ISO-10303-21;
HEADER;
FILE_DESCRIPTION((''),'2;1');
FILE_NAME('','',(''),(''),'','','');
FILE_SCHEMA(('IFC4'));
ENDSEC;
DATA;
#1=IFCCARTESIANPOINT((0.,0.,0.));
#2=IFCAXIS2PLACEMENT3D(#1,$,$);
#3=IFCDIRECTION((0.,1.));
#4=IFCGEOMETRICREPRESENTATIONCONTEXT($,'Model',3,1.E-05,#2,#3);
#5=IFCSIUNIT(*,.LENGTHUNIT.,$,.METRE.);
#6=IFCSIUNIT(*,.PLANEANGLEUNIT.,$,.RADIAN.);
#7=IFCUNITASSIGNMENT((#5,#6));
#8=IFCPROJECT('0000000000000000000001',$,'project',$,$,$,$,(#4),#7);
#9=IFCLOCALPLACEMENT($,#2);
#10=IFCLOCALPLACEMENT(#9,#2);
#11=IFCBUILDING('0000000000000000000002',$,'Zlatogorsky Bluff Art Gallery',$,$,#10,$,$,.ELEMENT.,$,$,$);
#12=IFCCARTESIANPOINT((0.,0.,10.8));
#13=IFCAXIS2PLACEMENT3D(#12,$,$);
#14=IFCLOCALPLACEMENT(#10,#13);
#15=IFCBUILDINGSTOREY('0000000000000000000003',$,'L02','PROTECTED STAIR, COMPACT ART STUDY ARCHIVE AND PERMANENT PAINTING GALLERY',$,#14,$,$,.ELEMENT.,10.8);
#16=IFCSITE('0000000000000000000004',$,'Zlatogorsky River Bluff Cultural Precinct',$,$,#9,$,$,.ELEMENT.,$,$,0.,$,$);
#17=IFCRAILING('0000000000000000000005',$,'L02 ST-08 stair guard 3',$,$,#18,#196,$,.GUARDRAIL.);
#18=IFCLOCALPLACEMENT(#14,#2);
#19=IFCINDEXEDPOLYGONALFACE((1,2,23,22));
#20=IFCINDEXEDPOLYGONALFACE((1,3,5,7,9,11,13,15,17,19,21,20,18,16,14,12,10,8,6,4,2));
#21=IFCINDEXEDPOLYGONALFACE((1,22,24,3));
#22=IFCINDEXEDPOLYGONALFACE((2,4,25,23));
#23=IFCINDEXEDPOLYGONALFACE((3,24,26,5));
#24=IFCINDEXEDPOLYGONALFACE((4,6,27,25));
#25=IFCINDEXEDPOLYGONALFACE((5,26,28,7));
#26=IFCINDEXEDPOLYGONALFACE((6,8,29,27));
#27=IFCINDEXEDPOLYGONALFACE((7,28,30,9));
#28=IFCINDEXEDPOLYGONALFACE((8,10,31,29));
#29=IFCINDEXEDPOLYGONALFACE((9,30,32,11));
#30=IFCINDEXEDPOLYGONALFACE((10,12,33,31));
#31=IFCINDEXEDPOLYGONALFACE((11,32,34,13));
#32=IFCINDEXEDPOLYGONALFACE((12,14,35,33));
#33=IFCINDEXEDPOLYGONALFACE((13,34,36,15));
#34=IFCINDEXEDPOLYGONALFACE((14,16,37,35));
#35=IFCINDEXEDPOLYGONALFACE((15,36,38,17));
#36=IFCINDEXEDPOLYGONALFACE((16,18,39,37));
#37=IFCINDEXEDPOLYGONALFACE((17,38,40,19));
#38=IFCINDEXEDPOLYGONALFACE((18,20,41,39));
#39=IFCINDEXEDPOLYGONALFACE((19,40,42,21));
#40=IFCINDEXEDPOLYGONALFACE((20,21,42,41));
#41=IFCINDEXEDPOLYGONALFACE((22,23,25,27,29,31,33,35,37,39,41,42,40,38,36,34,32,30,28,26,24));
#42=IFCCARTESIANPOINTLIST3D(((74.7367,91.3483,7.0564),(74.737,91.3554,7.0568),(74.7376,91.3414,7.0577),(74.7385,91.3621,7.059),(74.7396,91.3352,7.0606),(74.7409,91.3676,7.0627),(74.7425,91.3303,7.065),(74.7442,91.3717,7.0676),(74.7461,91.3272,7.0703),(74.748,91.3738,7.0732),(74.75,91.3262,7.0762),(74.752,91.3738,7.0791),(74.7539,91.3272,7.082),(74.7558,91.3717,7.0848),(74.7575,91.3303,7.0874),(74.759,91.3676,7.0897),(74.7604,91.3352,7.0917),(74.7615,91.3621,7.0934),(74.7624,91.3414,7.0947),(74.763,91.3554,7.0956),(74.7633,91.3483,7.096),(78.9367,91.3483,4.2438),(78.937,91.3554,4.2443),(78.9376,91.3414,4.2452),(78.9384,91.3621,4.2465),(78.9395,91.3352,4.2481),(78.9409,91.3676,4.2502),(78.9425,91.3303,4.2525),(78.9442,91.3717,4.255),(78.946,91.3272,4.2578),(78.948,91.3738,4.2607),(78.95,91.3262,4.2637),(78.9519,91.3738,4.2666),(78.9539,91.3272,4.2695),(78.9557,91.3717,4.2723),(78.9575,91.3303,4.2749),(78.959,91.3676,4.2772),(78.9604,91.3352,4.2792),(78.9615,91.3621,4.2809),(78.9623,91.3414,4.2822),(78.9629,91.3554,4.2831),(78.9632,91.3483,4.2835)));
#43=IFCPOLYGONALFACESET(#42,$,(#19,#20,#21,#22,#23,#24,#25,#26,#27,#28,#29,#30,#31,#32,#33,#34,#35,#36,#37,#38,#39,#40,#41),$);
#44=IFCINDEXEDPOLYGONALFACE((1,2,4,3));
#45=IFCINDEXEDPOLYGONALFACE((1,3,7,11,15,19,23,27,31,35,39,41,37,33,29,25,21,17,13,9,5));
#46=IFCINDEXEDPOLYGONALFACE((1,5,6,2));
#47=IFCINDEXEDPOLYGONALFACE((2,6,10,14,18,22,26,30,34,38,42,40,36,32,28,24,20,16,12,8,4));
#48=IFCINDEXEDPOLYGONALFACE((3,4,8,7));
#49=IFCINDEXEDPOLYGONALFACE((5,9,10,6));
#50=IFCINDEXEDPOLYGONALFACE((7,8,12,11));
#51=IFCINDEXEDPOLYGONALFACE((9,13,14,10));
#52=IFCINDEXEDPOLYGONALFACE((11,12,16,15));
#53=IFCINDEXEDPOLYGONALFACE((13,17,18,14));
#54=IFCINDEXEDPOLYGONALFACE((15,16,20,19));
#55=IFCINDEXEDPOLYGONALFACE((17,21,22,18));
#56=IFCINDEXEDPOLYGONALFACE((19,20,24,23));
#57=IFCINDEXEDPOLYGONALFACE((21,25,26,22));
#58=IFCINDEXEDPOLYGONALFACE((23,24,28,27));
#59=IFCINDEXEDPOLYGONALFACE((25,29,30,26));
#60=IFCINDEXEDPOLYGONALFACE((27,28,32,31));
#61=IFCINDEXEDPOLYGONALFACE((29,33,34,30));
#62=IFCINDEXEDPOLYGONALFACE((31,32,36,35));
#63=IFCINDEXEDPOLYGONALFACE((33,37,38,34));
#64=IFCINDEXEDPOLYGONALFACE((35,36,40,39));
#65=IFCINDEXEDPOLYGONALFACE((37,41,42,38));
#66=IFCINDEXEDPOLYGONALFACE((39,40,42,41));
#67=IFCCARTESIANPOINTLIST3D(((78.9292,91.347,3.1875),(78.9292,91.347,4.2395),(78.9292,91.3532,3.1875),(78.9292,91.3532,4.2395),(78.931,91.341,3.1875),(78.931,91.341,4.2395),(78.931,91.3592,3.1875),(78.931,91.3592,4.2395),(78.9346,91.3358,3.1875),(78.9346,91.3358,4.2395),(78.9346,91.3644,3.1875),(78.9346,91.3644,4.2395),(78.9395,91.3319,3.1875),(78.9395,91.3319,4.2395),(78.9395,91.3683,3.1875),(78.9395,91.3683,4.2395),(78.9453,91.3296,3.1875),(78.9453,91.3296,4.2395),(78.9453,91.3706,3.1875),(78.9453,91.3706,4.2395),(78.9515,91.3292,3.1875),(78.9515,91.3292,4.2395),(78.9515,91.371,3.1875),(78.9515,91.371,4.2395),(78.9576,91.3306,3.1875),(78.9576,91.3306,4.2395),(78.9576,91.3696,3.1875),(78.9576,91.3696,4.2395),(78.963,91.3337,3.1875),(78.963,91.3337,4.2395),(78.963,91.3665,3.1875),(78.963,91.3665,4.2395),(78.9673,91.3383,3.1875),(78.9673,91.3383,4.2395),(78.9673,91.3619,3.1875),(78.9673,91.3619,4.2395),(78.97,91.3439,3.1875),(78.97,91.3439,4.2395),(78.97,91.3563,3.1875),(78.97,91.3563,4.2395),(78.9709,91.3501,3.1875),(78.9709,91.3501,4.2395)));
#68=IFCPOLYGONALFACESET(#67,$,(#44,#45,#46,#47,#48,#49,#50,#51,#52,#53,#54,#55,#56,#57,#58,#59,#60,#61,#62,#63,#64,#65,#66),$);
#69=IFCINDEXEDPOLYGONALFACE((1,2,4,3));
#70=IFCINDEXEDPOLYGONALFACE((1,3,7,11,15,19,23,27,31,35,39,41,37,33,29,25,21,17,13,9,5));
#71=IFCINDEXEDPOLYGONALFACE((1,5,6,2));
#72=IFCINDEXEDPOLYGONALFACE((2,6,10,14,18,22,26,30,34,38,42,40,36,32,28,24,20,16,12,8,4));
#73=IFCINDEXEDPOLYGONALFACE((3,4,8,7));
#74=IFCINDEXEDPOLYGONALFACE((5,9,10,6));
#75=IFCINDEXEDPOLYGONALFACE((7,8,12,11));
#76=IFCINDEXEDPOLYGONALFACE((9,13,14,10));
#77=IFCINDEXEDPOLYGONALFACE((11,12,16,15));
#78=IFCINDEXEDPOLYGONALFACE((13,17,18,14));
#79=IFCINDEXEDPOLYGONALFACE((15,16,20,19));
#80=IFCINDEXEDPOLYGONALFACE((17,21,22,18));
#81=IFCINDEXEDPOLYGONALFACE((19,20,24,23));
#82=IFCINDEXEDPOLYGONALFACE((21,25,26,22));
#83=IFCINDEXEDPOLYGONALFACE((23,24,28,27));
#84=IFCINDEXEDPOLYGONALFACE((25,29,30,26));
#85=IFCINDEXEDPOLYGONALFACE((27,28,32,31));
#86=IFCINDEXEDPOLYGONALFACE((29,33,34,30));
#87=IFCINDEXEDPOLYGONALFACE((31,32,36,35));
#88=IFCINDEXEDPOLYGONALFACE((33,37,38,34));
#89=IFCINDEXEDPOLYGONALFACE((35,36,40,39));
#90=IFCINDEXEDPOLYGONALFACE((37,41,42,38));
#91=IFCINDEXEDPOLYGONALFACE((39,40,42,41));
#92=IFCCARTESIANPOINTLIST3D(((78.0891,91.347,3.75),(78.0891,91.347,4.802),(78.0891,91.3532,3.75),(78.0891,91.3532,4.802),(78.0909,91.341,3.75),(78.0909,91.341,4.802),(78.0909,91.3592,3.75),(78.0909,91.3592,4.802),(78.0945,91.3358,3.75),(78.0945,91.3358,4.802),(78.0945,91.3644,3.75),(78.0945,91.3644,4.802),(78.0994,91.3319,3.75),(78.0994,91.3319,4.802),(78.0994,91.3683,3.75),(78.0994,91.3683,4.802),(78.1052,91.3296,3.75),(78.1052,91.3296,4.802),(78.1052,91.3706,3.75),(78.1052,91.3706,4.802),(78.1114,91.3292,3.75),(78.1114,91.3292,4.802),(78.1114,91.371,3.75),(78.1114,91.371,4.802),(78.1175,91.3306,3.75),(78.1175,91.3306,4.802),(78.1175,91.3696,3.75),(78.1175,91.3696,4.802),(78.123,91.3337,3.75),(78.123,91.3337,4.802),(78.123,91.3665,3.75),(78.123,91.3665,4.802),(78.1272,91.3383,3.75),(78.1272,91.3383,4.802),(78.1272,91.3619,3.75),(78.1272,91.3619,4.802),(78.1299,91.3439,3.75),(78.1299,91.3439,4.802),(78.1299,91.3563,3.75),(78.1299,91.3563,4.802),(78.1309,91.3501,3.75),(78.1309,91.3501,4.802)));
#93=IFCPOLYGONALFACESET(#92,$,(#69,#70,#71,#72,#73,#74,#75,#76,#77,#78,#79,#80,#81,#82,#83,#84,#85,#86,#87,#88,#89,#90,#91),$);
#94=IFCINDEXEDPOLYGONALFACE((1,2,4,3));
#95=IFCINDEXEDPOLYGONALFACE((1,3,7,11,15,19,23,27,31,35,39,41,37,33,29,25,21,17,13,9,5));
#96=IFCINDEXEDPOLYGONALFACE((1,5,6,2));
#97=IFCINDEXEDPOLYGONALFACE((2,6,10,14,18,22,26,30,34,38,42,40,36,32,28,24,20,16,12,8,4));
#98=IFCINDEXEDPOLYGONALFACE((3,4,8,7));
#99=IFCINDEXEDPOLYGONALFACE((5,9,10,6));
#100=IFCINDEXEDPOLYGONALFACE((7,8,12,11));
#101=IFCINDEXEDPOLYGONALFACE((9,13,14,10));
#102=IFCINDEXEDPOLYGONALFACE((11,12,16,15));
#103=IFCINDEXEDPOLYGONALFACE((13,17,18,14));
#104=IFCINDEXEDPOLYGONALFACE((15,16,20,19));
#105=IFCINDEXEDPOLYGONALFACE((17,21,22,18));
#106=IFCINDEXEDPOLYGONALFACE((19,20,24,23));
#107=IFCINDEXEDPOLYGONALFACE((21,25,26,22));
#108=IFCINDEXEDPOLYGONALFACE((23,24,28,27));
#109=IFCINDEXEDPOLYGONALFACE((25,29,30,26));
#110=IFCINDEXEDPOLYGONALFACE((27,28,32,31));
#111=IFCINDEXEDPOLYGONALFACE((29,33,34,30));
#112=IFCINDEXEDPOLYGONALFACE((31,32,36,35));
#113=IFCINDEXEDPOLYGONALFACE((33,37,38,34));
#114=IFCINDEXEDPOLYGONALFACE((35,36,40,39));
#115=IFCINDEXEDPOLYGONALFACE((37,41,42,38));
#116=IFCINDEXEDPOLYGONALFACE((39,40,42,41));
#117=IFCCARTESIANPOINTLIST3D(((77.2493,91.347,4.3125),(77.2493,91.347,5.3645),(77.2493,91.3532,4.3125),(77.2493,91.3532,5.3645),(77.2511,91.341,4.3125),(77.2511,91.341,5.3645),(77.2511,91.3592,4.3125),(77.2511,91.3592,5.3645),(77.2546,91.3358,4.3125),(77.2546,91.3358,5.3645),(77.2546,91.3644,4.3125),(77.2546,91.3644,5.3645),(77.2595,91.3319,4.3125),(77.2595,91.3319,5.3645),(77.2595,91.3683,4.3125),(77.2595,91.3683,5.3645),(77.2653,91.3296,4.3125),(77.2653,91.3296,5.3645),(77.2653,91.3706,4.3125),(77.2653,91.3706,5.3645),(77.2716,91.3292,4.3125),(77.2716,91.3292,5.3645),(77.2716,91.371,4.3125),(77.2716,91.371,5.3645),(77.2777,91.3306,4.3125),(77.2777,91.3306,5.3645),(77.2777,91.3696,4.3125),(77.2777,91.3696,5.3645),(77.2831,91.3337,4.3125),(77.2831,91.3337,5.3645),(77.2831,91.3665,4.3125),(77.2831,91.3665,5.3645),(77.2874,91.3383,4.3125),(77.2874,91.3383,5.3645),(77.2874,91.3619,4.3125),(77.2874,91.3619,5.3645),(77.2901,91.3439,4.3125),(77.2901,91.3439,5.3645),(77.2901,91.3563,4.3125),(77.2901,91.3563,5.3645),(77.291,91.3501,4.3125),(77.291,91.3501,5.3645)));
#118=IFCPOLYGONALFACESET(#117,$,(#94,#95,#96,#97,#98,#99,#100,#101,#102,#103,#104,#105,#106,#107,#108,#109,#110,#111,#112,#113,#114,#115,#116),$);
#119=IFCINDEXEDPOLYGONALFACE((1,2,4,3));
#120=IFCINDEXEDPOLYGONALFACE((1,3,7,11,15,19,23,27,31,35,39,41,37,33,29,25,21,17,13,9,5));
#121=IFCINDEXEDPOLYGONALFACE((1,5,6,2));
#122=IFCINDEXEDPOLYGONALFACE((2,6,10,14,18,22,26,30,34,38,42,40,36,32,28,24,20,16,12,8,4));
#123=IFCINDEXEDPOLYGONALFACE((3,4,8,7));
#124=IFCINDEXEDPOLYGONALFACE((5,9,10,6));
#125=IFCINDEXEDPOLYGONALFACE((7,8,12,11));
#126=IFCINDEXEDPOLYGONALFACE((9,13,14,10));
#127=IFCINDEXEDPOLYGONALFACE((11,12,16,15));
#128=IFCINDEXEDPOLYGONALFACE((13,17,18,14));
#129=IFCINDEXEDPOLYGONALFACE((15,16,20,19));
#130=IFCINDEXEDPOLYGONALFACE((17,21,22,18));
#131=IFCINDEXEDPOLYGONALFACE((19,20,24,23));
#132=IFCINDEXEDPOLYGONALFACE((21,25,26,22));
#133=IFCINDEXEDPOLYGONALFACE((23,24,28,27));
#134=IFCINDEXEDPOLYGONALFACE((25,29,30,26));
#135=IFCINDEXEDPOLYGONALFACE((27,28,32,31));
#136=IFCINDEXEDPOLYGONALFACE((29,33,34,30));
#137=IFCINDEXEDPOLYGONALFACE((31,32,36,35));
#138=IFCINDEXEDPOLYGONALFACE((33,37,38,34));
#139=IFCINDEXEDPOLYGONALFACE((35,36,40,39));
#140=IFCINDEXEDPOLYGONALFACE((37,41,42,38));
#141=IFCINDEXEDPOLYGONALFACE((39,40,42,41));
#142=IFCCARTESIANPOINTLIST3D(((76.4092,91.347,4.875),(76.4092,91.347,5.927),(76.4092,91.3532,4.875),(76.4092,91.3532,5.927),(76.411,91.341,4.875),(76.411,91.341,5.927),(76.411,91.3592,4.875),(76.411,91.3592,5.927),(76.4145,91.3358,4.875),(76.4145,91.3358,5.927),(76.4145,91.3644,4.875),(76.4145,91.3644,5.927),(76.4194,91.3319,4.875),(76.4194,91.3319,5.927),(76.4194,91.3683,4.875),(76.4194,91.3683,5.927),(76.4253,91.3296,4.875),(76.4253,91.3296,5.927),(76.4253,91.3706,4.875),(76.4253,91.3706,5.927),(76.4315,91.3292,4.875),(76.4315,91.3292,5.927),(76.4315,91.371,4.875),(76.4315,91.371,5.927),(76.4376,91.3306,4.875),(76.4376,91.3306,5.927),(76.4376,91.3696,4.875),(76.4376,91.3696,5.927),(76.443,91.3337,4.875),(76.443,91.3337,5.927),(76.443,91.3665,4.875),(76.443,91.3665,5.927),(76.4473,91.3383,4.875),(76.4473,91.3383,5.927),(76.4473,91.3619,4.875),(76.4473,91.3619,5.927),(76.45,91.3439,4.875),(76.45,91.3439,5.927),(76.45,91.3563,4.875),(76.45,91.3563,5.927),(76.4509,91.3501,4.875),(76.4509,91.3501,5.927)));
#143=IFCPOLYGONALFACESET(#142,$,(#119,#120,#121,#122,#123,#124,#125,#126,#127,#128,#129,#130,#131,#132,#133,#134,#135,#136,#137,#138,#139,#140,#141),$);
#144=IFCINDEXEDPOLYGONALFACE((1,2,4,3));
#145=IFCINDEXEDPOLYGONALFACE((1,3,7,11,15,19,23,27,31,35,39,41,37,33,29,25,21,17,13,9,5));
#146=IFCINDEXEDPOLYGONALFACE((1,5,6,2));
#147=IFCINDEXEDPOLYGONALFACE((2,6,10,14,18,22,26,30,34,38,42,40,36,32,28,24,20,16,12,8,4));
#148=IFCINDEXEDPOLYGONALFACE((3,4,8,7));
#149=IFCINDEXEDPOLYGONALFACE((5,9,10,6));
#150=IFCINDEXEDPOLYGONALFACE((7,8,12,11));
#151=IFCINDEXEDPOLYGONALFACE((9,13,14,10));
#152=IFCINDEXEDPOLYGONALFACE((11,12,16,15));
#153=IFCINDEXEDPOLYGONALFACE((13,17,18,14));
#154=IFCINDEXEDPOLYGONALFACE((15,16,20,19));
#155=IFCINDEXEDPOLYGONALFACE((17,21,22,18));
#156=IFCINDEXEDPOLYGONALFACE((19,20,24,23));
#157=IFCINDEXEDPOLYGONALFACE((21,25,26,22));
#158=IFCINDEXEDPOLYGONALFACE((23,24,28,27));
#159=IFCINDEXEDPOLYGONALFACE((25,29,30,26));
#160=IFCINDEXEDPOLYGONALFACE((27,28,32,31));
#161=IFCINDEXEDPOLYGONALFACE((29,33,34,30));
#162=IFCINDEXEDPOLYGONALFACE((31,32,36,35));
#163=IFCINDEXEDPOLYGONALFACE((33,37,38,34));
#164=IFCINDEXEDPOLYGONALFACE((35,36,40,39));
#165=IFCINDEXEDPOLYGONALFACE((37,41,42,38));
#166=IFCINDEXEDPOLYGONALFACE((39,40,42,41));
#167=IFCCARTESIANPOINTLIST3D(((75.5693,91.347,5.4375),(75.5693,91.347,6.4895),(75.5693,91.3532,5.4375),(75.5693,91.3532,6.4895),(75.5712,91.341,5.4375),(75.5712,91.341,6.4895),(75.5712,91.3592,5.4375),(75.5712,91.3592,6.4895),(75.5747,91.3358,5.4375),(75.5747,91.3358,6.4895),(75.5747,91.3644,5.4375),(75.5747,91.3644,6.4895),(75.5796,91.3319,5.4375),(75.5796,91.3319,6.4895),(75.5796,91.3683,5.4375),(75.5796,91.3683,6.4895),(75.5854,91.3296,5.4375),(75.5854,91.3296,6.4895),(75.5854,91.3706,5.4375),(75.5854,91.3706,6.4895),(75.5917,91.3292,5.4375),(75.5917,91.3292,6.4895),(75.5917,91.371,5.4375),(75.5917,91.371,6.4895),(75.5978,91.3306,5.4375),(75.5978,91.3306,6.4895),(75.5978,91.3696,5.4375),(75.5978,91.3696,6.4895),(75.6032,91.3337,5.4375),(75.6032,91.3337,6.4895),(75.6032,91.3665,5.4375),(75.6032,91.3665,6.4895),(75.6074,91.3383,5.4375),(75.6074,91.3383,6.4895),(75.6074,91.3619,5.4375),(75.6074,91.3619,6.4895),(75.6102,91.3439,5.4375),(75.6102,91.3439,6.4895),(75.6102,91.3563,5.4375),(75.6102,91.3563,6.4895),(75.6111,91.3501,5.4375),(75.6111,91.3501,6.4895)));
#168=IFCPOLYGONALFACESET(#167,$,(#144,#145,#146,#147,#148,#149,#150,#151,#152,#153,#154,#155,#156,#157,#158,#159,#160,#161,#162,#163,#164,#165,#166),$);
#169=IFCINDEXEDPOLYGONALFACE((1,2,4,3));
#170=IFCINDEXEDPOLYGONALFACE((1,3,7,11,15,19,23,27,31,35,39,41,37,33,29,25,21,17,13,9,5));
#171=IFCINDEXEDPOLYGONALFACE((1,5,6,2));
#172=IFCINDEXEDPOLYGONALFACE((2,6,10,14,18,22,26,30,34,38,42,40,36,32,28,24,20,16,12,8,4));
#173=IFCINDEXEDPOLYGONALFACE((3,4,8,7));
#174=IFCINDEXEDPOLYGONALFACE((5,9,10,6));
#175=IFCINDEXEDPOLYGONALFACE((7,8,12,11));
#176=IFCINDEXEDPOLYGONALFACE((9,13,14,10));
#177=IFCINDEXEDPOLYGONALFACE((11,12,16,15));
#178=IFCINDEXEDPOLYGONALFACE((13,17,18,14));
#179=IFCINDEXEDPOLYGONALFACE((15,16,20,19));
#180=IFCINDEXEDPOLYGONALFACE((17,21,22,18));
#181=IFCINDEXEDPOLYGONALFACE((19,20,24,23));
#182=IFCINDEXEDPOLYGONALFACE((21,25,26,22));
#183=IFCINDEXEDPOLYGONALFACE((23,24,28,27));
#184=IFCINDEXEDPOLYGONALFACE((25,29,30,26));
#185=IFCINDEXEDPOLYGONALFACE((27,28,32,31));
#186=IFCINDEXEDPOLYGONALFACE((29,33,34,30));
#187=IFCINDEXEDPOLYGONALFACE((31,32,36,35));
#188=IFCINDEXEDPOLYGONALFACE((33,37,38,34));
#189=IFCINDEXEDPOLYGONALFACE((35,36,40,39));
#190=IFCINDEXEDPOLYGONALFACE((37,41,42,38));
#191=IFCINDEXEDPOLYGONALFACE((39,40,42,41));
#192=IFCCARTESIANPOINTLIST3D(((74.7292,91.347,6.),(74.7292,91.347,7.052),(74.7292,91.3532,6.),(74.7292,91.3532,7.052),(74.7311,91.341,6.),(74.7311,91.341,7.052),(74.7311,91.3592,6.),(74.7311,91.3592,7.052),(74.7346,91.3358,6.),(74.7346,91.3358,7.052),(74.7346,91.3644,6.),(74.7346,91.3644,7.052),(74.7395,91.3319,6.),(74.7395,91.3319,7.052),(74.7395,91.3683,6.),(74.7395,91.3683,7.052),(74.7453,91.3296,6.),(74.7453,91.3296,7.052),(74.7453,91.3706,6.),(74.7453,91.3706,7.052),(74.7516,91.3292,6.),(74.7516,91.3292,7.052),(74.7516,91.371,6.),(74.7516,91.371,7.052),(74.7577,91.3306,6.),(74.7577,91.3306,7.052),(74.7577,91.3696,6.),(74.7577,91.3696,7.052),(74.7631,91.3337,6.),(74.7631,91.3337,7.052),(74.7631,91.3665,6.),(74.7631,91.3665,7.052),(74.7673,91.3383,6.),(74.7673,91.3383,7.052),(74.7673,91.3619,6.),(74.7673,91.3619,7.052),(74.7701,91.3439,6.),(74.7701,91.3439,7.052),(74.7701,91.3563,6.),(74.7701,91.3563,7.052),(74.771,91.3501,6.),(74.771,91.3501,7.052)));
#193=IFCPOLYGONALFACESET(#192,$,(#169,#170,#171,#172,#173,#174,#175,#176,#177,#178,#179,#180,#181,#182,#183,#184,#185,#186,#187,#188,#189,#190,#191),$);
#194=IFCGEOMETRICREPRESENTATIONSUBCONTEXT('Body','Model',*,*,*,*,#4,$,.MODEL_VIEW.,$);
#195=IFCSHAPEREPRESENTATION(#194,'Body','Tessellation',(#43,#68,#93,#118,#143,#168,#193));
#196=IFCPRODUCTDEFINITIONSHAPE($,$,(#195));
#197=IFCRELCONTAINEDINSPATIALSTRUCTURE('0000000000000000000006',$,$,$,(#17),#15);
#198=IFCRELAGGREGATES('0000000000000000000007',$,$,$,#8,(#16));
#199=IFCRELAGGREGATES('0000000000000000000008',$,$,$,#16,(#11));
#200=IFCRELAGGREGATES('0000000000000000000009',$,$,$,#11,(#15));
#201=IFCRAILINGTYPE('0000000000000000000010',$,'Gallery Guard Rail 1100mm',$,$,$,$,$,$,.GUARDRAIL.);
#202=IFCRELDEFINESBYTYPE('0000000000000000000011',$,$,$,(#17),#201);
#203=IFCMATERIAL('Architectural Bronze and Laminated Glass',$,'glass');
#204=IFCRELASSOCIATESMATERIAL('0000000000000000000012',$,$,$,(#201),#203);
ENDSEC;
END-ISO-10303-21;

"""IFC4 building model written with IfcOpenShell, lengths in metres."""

from ifc_helpers import new_model, si_unit, direction, frame, origin, origin_2d, place, context, subcontext, project, spatial, circle, extrude, material, type_object, element, save


model = new_model("IFC4")

# Units and contexts
model_context = context("Model", 3, precision=1e-05, world=origin(), true_north=direction((0.0, 1.0)))
body_context = subcontext(model_context, "Body", "Model", "MODEL_VIEW")
ifc_project = project(units=[si_unit("LENGTHUNIT", "METRE"), si_unit("PLANEANGLEUNIT", "RADIAN")], contexts=[model_context])

# Site, building, storey
site_placement = place(None, origin())
site = spatial("IfcSite", under=ifc_project, at=site_placement, Name="Zlatogorsky River Bluff Cultural Precinct", CompositionType="ELEMENT", RefElevation=0.0)
building_placement = place(site_placement, origin())
building = spatial("IfcBuilding", under=site, at=building_placement, Name="Zlatogorsky Bluff Art Gallery", CompositionType="ELEMENT")
storey_placement = place(building_placement, frame((0.0, 0.0, 10.8)))
storey = spatial("IfcBuildingStorey", under=building, at=storey_placement, Name="L02", Description="PROTECTED STAIR, COMPACT ART STUDY ARCHIVE AND PERMANENT PAINTING GALLERY", CompositionType="ELEMENT", Elevation=10.8)

# Railing
ifc_material_1 = material(Name="Architectural Bronze and Laminated Glass", Category="glass")
railing_type_1 = type_object("IfcRailingType", Name="Gallery Guard Rail 1100mm", PredefinedType="GUARDRAIL", material=ifc_material_1)
railing_1_placement = place(storey_placement, frame((78.95, 91.3501, 3.1875)))
element("IfcRailing", 1, at=railing_1_placement, inside=storey, type_object=railing_type_1, Name="L02 ST-08 stair guard 3", PredefinedType="GUARDRAIL", context=body_context, shape_type="SweptSolid", body=[
    extrude(circle(Radius=0.0239, at=origin_2d()), frame((0.0, 0.0, 1.0762), z_axis=(-0.830904, 0.0, 0.556416), x_axis=(0.0, -1.0, 0.0)), (0.0, 0.0, 1.0), 5.0547),
    extrude(circle(Radius=0.021, at=origin_2d()), origin(), (0.0, 0.0, 1.0), 1.052),
    extrude(circle(Radius=0.021, at=origin_2d()), frame((-0.8401, 0.0, 0.5625)), (0.0, 0.0, 1.0), 1.052),
    extrude(circle(Radius=0.021, at=origin_2d()), frame((-1.6799, 0.0, 1.125)), (0.0, 0.0, 1.0), 1.052),
    extrude(circle(Radius=0.021, at=origin_2d()), frame((-2.52, 0.0, 1.6875)), (0.0, 0.0, 1.0), 1.052),
    extrude(circle(Radius=0.021, at=origin_2d()), frame((-3.3599, 0.0, 2.25)), (0.0, 0.0, 1.0), 1.052),
    extrude(circle(Radius=0.021, at=origin_2d()), frame((-4.2, 0.0, 2.8125)), (0.0, 0.0, 1.0), 1.052),
])

save(model, "model.ifc")
